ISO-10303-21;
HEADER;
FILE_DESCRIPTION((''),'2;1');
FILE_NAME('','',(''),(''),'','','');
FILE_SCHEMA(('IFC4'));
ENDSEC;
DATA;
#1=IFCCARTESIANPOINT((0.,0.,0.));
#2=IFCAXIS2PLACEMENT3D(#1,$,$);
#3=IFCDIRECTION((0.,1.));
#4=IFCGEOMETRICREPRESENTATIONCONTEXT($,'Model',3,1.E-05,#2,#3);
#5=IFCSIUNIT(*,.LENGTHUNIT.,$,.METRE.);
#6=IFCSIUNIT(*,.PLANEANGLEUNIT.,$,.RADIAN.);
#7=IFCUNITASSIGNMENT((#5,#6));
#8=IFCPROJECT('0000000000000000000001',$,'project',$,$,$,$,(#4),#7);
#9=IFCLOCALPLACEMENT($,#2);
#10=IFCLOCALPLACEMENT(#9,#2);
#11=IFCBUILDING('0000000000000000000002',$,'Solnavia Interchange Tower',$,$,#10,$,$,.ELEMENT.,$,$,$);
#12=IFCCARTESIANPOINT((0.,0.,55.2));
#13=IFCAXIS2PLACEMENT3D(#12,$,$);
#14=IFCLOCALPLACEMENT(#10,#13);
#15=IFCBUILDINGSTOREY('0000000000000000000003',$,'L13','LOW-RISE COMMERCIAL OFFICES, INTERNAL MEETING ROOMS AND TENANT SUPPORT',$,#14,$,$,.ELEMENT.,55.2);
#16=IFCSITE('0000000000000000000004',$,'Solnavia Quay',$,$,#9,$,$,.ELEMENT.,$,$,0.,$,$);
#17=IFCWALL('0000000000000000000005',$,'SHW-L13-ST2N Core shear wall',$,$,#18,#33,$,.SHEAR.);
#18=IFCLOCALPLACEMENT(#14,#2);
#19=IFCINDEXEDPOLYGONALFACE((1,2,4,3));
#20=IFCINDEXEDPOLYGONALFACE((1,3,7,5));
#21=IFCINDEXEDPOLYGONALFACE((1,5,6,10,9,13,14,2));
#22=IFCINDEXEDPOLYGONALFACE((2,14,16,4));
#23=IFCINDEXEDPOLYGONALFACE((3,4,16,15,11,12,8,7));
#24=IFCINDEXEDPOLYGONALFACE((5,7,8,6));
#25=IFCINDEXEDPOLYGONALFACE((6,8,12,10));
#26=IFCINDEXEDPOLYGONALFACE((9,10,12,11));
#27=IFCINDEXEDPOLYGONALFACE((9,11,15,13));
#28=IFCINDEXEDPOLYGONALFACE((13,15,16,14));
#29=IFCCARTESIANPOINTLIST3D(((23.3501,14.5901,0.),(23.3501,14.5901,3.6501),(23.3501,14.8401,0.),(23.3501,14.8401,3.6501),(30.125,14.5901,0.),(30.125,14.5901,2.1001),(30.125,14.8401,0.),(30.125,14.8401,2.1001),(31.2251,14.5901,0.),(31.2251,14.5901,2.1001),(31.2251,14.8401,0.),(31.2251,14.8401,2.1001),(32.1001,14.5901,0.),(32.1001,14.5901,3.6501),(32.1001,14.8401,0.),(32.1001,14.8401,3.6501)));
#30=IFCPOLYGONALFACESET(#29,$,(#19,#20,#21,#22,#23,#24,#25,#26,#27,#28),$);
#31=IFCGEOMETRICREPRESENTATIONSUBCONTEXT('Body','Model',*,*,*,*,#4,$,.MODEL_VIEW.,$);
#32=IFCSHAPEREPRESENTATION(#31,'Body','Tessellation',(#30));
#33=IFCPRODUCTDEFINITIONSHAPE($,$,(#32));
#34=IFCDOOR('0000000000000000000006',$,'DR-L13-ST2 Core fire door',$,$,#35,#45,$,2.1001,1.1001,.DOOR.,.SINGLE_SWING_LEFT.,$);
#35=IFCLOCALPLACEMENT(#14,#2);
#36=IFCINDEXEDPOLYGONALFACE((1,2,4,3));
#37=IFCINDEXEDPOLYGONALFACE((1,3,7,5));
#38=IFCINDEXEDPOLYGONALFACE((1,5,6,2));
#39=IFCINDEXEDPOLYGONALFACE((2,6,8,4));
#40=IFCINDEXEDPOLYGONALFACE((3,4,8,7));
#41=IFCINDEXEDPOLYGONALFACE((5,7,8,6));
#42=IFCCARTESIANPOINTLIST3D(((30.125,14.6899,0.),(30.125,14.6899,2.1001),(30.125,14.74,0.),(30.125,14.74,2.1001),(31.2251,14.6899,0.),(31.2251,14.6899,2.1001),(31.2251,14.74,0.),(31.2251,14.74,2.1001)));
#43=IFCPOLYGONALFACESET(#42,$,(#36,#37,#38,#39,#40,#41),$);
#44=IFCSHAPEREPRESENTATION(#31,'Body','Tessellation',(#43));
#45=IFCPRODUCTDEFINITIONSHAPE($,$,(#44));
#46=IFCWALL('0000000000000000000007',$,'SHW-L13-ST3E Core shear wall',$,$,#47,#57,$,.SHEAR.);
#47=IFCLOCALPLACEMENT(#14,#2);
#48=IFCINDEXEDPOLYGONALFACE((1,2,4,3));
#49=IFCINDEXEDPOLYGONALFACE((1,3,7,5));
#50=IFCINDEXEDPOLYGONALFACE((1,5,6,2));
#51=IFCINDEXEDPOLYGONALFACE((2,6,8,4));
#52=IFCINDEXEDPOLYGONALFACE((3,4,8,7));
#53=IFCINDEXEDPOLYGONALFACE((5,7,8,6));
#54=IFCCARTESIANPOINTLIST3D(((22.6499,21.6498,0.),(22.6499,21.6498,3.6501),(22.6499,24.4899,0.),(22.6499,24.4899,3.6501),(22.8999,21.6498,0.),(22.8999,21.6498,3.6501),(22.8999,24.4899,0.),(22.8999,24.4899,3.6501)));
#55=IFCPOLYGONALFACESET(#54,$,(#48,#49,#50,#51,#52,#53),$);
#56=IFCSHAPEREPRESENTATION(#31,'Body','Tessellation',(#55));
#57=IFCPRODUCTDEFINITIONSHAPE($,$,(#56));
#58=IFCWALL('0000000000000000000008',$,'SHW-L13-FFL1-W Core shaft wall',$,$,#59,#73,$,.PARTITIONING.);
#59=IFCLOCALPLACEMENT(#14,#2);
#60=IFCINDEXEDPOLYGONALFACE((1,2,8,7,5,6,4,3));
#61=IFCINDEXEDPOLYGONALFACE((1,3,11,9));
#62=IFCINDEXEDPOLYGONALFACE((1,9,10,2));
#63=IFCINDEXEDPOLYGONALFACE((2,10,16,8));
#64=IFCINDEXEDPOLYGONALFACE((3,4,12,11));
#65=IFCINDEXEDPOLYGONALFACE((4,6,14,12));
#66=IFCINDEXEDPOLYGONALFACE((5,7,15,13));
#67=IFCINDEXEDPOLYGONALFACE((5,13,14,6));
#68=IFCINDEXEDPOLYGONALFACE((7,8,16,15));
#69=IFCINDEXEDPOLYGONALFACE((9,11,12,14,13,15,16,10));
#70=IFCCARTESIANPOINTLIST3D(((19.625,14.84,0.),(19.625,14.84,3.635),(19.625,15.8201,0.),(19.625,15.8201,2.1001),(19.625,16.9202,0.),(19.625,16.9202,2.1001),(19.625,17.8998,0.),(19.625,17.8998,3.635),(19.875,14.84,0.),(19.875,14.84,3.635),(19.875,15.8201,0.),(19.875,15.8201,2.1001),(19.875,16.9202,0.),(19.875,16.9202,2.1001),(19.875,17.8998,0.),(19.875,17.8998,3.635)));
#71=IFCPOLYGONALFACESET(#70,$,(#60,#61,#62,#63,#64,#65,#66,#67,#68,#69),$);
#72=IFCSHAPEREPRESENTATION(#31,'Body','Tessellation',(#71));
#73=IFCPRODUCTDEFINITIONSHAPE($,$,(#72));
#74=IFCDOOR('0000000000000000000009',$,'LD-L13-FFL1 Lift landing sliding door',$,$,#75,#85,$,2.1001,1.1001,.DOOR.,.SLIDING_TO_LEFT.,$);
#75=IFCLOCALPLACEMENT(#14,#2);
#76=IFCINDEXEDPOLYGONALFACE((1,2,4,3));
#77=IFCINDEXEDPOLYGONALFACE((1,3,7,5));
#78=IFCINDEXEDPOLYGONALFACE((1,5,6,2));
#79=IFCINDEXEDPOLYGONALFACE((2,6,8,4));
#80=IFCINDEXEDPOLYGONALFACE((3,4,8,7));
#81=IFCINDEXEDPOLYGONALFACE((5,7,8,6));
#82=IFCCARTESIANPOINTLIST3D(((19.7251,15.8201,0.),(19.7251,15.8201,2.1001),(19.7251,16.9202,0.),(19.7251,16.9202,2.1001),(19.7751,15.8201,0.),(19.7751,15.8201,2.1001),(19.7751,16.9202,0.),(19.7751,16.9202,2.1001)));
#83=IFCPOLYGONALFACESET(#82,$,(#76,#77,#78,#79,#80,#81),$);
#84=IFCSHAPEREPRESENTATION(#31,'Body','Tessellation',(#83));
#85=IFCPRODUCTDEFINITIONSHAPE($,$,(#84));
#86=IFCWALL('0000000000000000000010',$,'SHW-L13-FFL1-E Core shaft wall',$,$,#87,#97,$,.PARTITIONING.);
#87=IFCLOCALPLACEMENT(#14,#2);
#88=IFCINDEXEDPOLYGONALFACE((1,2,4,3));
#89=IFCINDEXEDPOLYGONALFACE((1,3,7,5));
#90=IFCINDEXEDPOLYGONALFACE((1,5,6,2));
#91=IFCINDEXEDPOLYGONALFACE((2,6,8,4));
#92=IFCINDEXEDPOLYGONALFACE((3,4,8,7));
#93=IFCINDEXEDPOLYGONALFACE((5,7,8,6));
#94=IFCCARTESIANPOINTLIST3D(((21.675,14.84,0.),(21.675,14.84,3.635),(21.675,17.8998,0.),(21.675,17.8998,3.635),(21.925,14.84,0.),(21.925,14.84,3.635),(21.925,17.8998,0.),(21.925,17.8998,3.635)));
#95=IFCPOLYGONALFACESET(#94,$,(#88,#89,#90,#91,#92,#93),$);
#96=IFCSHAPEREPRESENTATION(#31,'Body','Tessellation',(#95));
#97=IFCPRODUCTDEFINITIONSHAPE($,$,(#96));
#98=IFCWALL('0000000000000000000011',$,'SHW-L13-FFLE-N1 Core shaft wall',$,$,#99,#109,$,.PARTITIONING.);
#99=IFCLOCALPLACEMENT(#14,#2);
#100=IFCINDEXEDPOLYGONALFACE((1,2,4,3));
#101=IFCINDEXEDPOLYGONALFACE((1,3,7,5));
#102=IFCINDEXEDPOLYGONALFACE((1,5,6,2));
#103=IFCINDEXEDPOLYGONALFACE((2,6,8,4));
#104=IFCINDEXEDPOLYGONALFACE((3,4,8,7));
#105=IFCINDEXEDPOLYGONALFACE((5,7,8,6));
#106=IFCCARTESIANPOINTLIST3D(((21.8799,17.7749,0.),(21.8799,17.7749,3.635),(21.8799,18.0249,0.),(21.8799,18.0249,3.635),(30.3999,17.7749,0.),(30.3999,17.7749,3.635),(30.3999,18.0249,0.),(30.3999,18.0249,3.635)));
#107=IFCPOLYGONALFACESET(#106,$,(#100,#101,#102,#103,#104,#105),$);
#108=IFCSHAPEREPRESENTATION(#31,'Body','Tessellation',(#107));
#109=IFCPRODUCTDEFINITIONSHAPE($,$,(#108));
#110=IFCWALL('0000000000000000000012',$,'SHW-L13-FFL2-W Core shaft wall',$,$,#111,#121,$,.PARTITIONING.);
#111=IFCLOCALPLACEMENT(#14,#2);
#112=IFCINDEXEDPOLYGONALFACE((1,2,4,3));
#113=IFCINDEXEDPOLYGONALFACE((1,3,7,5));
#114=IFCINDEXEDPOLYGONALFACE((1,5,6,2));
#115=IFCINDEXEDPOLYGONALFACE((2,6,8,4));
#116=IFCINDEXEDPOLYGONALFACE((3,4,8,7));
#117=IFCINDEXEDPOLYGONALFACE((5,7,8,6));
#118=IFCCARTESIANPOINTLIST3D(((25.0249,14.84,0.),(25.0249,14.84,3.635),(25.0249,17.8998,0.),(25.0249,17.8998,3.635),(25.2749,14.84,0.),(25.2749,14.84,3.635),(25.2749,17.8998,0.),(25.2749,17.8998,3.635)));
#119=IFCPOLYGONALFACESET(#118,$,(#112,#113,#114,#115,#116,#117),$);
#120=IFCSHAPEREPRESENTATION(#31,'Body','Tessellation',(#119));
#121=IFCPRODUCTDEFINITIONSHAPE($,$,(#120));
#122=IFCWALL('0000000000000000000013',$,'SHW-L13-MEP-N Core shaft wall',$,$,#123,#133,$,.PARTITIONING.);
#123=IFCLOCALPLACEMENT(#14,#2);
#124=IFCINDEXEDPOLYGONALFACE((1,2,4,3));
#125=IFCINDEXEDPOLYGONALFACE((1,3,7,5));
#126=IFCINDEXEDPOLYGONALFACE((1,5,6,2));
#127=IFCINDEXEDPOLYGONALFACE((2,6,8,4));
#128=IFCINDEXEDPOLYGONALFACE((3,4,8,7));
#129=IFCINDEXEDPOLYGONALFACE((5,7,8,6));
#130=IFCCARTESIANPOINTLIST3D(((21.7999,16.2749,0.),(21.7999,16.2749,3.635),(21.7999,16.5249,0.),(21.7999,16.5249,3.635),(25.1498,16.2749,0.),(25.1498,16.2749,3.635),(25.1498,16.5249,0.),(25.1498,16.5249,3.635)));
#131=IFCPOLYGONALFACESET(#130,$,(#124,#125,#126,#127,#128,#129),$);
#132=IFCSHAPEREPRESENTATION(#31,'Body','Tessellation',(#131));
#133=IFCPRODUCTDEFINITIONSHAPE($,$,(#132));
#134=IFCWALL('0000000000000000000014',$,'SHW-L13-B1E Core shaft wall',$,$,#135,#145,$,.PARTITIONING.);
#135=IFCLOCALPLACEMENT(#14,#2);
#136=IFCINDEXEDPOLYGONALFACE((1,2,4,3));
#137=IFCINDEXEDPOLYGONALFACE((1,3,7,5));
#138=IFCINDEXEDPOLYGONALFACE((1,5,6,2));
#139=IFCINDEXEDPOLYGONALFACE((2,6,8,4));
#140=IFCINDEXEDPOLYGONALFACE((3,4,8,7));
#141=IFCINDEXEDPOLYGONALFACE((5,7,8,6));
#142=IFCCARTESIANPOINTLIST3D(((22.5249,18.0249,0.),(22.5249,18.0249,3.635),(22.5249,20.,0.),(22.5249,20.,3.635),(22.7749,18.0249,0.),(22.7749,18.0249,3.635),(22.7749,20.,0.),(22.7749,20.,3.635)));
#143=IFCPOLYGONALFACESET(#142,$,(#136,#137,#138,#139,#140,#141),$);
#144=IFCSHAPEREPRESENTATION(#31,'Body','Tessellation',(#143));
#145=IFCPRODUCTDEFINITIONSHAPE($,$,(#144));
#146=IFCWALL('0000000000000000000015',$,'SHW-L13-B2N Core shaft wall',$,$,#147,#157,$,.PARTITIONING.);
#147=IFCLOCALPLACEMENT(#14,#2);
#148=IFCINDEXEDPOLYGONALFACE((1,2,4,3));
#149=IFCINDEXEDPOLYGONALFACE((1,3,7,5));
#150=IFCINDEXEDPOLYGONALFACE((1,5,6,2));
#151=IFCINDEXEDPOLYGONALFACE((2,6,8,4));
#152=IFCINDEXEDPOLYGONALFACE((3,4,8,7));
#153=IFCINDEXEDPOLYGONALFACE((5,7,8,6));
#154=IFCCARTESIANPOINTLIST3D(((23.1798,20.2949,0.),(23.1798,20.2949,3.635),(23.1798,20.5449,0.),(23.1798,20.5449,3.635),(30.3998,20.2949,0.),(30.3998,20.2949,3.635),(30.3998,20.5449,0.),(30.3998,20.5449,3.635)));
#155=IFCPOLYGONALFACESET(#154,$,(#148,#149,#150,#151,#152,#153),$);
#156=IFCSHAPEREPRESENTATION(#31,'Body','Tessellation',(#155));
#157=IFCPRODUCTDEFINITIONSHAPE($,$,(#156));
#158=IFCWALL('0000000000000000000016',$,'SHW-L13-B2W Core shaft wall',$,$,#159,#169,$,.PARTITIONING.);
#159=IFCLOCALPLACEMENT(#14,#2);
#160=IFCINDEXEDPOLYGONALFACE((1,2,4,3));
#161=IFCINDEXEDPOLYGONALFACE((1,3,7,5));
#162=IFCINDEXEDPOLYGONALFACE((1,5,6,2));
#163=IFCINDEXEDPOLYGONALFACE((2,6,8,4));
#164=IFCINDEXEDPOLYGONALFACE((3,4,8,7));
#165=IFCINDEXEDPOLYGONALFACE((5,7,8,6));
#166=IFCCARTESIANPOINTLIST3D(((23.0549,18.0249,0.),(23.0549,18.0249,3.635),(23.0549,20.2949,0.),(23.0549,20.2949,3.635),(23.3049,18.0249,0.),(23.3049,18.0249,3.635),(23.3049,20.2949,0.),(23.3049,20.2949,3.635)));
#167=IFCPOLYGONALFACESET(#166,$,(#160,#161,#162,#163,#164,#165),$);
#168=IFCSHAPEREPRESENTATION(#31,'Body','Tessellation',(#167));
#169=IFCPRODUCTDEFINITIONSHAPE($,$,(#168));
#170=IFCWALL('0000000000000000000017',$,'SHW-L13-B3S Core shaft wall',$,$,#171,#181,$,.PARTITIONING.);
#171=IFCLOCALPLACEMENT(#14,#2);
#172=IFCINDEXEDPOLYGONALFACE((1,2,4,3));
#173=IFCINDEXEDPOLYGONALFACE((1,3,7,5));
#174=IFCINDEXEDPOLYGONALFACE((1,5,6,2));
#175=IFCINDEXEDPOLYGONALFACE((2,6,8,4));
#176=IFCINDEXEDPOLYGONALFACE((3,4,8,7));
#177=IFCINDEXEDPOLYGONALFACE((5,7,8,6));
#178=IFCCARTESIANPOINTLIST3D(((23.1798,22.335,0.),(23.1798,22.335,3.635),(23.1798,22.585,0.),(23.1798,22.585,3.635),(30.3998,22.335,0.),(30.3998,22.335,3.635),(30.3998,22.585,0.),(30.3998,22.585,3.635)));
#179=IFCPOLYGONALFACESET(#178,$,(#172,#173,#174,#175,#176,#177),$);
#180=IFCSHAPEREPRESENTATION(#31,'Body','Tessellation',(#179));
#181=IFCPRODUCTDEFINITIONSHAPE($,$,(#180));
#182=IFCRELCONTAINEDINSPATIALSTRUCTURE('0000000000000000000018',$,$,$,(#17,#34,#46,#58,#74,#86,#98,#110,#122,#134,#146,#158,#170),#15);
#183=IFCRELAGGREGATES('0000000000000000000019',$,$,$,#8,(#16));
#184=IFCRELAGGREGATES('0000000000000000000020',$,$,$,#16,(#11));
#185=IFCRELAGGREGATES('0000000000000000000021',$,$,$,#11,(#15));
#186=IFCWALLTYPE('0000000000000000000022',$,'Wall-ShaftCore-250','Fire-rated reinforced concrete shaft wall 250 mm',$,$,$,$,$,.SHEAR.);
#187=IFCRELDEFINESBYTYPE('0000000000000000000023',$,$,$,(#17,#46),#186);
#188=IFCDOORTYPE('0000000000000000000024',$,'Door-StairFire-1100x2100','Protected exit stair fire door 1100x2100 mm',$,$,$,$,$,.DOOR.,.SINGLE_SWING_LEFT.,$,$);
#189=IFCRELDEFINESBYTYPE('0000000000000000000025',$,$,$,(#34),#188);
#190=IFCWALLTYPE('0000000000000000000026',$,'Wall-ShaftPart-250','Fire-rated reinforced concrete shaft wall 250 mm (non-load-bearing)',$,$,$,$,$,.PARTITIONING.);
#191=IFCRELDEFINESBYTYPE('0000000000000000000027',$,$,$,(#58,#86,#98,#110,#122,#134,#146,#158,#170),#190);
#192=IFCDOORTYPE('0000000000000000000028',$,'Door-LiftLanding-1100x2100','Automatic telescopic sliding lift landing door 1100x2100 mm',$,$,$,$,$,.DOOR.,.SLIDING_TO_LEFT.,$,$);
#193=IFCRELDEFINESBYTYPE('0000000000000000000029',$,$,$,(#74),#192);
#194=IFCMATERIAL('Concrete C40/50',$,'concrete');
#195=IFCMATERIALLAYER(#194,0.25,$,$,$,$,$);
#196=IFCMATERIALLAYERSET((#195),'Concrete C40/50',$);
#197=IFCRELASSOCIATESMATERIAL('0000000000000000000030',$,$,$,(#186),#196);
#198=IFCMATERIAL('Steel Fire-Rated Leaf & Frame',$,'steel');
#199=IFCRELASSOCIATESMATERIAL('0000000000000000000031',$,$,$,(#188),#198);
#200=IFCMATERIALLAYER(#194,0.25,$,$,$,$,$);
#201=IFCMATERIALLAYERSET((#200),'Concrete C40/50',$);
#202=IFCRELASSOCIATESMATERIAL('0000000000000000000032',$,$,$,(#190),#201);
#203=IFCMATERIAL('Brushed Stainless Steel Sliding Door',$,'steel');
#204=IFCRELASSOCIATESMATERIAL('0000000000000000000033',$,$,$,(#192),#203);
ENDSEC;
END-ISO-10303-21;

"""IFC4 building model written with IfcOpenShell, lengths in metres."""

from ifc_helpers import new_model, si_unit, direction, frame, frame_2d, origin, place, context, subcontext, project, spatial, rectangle, extrude, material, layer, layer_set, type_object, element, fill, save


model = new_model("IFC4")

# Units and contexts
model_context = context("Model", 3, precision=1e-05, world=origin(), true_north=direction((0.0, 1.0)))
body_context = subcontext(model_context, "Body", "Model", "MODEL_VIEW")
ifc_project = project(units=[si_unit("LENGTHUNIT", "METRE"), si_unit("PLANEANGLEUNIT", "RADIAN")], contexts=[model_context])

# Site, building, storey
site_placement = place(None, origin())
site = spatial("IfcSite", under=ifc_project, at=site_placement, Name="Solnavia Quay", CompositionType="ELEMENT", RefElevation=0.0)
building_placement = place(site_placement, origin())
building = spatial("IfcBuilding", under=site, at=building_placement, Name="Solnavia Interchange Tower", CompositionType="ELEMENT")
storey_placement = place(building_placement, frame((0.0, 0.0, 55.2)))
storey = spatial("IfcBuildingStorey", under=building, at=storey_placement, Name="L13", Description="LOW-RISE COMMERCIAL OFFICES, INTERNAL MEETING ROOMS AND TENANT SUPPORT", CompositionType="ELEMENT", Elevation=55.2)

# Wall, opening, door
ifc_material_1 = material(Name="Concrete C40/50", Category="concrete")
ifc_layer_1 = layer(ifc_material_1, 0.25)
ifc_layer_set_1 = layer_set([ifc_layer_1], Name="Concrete C40/50")
wall_type_1 = type_object("IfcWallType", Name="Wall-ShaftCore-250", Description="Fire-rated reinforced concrete shaft wall 250 mm", PredefinedType="SHEAR", material=ifc_layer_set_1)
wall_1_placement = place(storey_placement, frame((23.3501, 14.7151, 0.0), z_axis=(0.0, 0.0, 1.0), x_axis=(1.0, 0.0, 0.0)))
wall_1 = element("IfcWall", 1, at=wall_1_placement, inside=storey, type_object=wall_type_1, Name="SHW-L13-ST2N Core shear wall", PredefinedType="SHEAR", context=body_context, shape_type="SweptSolid", body=[
    extrude(rectangle(XDim=8.75, YDim=0.25, at=frame_2d((4.375, 0.0))), origin(), (0.0, 0.0, 1.0), 3.6501),
])
opening_1_placement = place(wall_1_placement, frame((6.7749, 0.0, 0.0)))
opening_1 = element("IfcOpeningElement", 2, at=opening_1_placement, cuts=wall_1, PredefinedType="OPENING", context=body_context, shape_type="SweptSolid", body=[
    extrude(rectangle(XDim=1.1001, YDim=2.1001, at=frame_2d((0.55, 1.05))), frame((0.0, 0.135, 0.0), z_axis=(0.0, -1.0, 0.0), x_axis=(1.0, 0.0, 0.0)), (0.0, 0.0, 1.0), 0.27),
])
ifc_material_2 = material(Name="Steel Fire-Rated Leaf & Frame", Category="steel")
door_type_1 = type_object("IfcDoorType", Name="Door-StairFire-1100x2100", Description="Protected exit stair fire door 1100x2100 mm", OperationType="SINGLE_SWING_LEFT", PredefinedType="DOOR", material=ifc_material_2)
door_1_placement = place(opening_1_placement, origin())
door_1 = element("IfcDoor", 3, at=door_1_placement, inside=storey, type_object=door_type_1, Name="DR-L13-ST2 Core fire door", OperationType="SINGLE_SWING_LEFT", OverallHeight=2.1001, OverallWidth=1.1001, PredefinedType="DOOR", context=body_context, shape_type="SweptSolid", body=[
    extrude(rectangle(XDim=1.1001, YDim=2.1001, at=frame_2d((0.55, 1.05))), frame((0.0, 0.0249, 0.0), z_axis=(0.0, -1.0, 0.0), x_axis=(1.0, 0.0, 0.0)), (0.0, 0.0, 1.0), 0.05),
])
fill(opening_1, door_1)

# Wall
wall_2_placement = place(storey_placement, frame((22.7749, 21.6499, 0.0), z_axis=(0.0, 0.0, 1.0), x_axis=(0.0, 1.0, 0.0)))
element("IfcWall", 4, at=wall_2_placement, inside=storey, type_object=wall_type_1, Name="SHW-L13-ST3E Core shear wall", PredefinedType="SHEAR", context=body_context, shape_type="SweptSolid", body=[
    extrude(rectangle(XDim=2.8401, YDim=0.25, at=frame_2d((1.4199, 0.0))), origin(), (0.0, 0.0, 1.0), 3.6501),
])

# Wall, opening, door
ifc_layer_2 = layer(ifc_material_1, 0.25)
ifc_layer_set_2 = layer_set([ifc_layer_2], Name="Concrete C40/50")
wall_type_2 = type_object("IfcWallType", Name="Wall-ShaftPart-250", Description="Fire-rated reinforced concrete shaft wall 250 mm (non-load-bearing)", PredefinedType="PARTITIONING", material=ifc_layer_set_2)
wall_3_placement = place(storey_placement, frame((19.75, 14.8401, 0.0), z_axis=(0.0, 0.0, 1.0), x_axis=(0.0, 1.0, 0.0)))
wall_3 = element("IfcWall", 5, at=wall_3_placement, inside=storey, type_object=wall_type_2, Name="SHW-L13-FFL1-W Core shaft wall", PredefinedType="PARTITIONING", context=body_context, shape_type="SweptSolid", body=[
    extrude(rectangle(XDim=3.0598, YDim=0.25, at=frame_2d((1.5298, 0.0))), origin(), (0.0, 0.0, 1.0), 3.635),
])
opening_2_placement = place(wall_3_placement, frame((0.98, 0.0, 0.0)))
opening_2 = element("IfcOpeningElement", 6, at=opening_2_placement, cuts=wall_3, PredefinedType="OPENING", context=body_context, shape_type="SweptSolid", body=[
    extrude(rectangle(XDim=1.1001, YDim=2.1001, at=frame_2d((0.55, 1.05))), frame((0.0, 0.135, 0.0), z_axis=(0.0, -1.0, 0.0), x_axis=(1.0, 0.0, 0.0)), (0.0, 0.0, 1.0), 0.27),
])
ifc_material_3 = material(Name="Brushed Stainless Steel Sliding Door", Category="steel")
door_type_2 = type_object("IfcDoorType", Name="Door-LiftLanding-1100x2100", Description="Automatic telescopic sliding lift landing door 1100x2100 mm", OperationType="SLIDING_TO_LEFT", PredefinedType="DOOR", material=ifc_material_3)
door_2_placement = place(opening_2_placement, origin())
door_2 = element("IfcDoor", 7, at=door_2_placement, inside=storey, type_object=door_type_2, Name="LD-L13-FFL1 Lift landing sliding door", OperationType="SLIDING_TO_LEFT", OverallHeight=2.1001, OverallWidth=1.1001, PredefinedType="DOOR", context=body_context, shape_type="SweptSolid", body=[
    extrude(rectangle(XDim=1.1001, YDim=2.1001, at=frame_2d((0.55, 1.05))), frame((0.0, 0.0249, 0.0), z_axis=(0.0, -1.0, 0.0), x_axis=(1.0, 0.0, 0.0)), (0.0, 0.0, 1.0), 0.05),
])
fill(opening_2, door_2)

# Walls
wall_4_placement = place(storey_placement, frame((21.8, 14.8401, 0.0), z_axis=(0.0, 0.0, 1.0), x_axis=(0.0, 1.0, 0.0)))
element("IfcWall", 8, at=wall_4_placement, inside=storey, type_object=wall_type_2, Name="SHW-L13-FFL1-E Core shaft wall", PredefinedType="PARTITIONING", context=body_context, shape_type="SweptSolid", body=[
    extrude(rectangle(XDim=3.0598, YDim=0.25, at=frame_2d((1.5298, 0.0))), origin(), (0.0, 0.0, 1.0), 3.635),
])
wall_5_placement = place(storey_placement, frame((21.8799, 17.8999, 0.0), z_axis=(0.0, 0.0, 1.0), x_axis=(1.0, 0.0, 0.0)))
element("IfcWall", 9, at=wall_5_placement, inside=storey, type_object=wall_type_2, Name="SHW-L13-FFLE-N1 Core shaft wall", PredefinedType="PARTITIONING", context=body_context, shape_type="SweptSolid", body=[
    extrude(rectangle(XDim=8.52, YDim=0.25, at=frame_2d((4.26, 0.0))), origin(), (0.0, 0.0, 1.0), 3.635),
])
wall_6_placement = place(storey_placement, frame((25.1499, 14.8401, 0.0), z_axis=(0.0, 0.0, 1.0), x_axis=(0.0, 1.0, 0.0)))
element("IfcWall", 10, at=wall_6_placement, inside=storey, type_object=wall_type_2, Name="SHW-L13-FFL2-W Core shaft wall", PredefinedType="PARTITIONING", context=body_context, shape_type="SweptSolid", body=[
    extrude(rectangle(XDim=3.0598, YDim=0.25, at=frame_2d((1.5298, 0.0))), origin(), (0.0, 0.0, 1.0), 3.635),
])
wall_7_placement = place(storey_placement, frame((21.8, 16.3999, 0.0), z_axis=(0.0, 0.0, 1.0), x_axis=(1.0, 0.0, 0.0)))
element("IfcWall", 11, at=wall_7_placement, inside=storey, type_object=wall_type_2, Name="SHW-L13-MEP-N Core shaft wall", PredefinedType="PARTITIONING", context=body_context, shape_type="SweptSolid", body=[
    extrude(rectangle(XDim=3.3499, YDim=0.25, at=frame_2d((1.6748, 0.0))), origin(), (0.0, 0.0, 1.0), 3.635),
])
wall_8_placement = place(storey_placement, frame((22.6499, 18.0249, 0.0), z_axis=(0.0, 0.0, 1.0), x_axis=(0.0, 1.0, 0.0)))
element("IfcWall", 12, at=wall_8_placement, inside=storey, type_object=wall_type_2, Name="SHW-L13-B1E Core shaft wall", PredefinedType="PARTITIONING", context=body_context, shape_type="SweptSolid", body=[
    extrude(rectangle(XDim=1.9751, YDim=0.25, at=frame_2d((0.9875, 0.0))), origin(), (0.0, 0.0, 1.0), 3.635),
])
wall_9_placement = place(storey_placement, frame((23.1799, 20.4199, 0.0), z_axis=(0.0, 0.0, 1.0), x_axis=(1.0, 0.0, 0.0)))
element("IfcWall", 13, at=wall_9_placement, inside=storey, type_object=wall_type_2, Name="SHW-L13-B2N Core shaft wall", PredefinedType="PARTITIONING", context=body_context, shape_type="SweptSolid", body=[
    extrude(rectangle(XDim=7.22, YDim=0.25, at=frame_2d((3.6099, 0.0))), origin(), (0.0, 0.0, 1.0), 3.635),
])
wall_10_placement = place(storey_placement, frame((23.1799, 18.0249, 0.0), z_axis=(0.0, 0.0, 1.0), x_axis=(0.0, 1.0, 0.0)))
element("IfcWall", 14, at=wall_10_placement, inside=storey, type_object=wall_type_2, Name="SHW-L13-B2W Core shaft wall", PredefinedType="PARTITIONING", context=body_context, shape_type="SweptSolid", body=[
    extrude(rectangle(XDim=2.27, YDim=0.25, at=frame_2d((1.135, 0.0))), origin(), (0.0, 0.0, 1.0), 3.635),
])
wall_11_placement = place(storey_placement, frame((23.1799, 22.46, 0.0), z_axis=(0.0, 0.0, 1.0), x_axis=(1.0, 0.0, 0.0)))
element("IfcWall", 15, at=wall_11_placement, inside=storey, type_object=wall_type_2, Name="SHW-L13-B3S Core shaft wall", PredefinedType="PARTITIONING", context=body_context, shape_type="SweptSolid", body=[
    extrude(rectangle(XDim=7.22, YDim=0.25, at=frame_2d((3.6099, 0.0))), origin(), (0.0, 0.0, 1.0), 3.635),
])

save(model, "model.ifc")
